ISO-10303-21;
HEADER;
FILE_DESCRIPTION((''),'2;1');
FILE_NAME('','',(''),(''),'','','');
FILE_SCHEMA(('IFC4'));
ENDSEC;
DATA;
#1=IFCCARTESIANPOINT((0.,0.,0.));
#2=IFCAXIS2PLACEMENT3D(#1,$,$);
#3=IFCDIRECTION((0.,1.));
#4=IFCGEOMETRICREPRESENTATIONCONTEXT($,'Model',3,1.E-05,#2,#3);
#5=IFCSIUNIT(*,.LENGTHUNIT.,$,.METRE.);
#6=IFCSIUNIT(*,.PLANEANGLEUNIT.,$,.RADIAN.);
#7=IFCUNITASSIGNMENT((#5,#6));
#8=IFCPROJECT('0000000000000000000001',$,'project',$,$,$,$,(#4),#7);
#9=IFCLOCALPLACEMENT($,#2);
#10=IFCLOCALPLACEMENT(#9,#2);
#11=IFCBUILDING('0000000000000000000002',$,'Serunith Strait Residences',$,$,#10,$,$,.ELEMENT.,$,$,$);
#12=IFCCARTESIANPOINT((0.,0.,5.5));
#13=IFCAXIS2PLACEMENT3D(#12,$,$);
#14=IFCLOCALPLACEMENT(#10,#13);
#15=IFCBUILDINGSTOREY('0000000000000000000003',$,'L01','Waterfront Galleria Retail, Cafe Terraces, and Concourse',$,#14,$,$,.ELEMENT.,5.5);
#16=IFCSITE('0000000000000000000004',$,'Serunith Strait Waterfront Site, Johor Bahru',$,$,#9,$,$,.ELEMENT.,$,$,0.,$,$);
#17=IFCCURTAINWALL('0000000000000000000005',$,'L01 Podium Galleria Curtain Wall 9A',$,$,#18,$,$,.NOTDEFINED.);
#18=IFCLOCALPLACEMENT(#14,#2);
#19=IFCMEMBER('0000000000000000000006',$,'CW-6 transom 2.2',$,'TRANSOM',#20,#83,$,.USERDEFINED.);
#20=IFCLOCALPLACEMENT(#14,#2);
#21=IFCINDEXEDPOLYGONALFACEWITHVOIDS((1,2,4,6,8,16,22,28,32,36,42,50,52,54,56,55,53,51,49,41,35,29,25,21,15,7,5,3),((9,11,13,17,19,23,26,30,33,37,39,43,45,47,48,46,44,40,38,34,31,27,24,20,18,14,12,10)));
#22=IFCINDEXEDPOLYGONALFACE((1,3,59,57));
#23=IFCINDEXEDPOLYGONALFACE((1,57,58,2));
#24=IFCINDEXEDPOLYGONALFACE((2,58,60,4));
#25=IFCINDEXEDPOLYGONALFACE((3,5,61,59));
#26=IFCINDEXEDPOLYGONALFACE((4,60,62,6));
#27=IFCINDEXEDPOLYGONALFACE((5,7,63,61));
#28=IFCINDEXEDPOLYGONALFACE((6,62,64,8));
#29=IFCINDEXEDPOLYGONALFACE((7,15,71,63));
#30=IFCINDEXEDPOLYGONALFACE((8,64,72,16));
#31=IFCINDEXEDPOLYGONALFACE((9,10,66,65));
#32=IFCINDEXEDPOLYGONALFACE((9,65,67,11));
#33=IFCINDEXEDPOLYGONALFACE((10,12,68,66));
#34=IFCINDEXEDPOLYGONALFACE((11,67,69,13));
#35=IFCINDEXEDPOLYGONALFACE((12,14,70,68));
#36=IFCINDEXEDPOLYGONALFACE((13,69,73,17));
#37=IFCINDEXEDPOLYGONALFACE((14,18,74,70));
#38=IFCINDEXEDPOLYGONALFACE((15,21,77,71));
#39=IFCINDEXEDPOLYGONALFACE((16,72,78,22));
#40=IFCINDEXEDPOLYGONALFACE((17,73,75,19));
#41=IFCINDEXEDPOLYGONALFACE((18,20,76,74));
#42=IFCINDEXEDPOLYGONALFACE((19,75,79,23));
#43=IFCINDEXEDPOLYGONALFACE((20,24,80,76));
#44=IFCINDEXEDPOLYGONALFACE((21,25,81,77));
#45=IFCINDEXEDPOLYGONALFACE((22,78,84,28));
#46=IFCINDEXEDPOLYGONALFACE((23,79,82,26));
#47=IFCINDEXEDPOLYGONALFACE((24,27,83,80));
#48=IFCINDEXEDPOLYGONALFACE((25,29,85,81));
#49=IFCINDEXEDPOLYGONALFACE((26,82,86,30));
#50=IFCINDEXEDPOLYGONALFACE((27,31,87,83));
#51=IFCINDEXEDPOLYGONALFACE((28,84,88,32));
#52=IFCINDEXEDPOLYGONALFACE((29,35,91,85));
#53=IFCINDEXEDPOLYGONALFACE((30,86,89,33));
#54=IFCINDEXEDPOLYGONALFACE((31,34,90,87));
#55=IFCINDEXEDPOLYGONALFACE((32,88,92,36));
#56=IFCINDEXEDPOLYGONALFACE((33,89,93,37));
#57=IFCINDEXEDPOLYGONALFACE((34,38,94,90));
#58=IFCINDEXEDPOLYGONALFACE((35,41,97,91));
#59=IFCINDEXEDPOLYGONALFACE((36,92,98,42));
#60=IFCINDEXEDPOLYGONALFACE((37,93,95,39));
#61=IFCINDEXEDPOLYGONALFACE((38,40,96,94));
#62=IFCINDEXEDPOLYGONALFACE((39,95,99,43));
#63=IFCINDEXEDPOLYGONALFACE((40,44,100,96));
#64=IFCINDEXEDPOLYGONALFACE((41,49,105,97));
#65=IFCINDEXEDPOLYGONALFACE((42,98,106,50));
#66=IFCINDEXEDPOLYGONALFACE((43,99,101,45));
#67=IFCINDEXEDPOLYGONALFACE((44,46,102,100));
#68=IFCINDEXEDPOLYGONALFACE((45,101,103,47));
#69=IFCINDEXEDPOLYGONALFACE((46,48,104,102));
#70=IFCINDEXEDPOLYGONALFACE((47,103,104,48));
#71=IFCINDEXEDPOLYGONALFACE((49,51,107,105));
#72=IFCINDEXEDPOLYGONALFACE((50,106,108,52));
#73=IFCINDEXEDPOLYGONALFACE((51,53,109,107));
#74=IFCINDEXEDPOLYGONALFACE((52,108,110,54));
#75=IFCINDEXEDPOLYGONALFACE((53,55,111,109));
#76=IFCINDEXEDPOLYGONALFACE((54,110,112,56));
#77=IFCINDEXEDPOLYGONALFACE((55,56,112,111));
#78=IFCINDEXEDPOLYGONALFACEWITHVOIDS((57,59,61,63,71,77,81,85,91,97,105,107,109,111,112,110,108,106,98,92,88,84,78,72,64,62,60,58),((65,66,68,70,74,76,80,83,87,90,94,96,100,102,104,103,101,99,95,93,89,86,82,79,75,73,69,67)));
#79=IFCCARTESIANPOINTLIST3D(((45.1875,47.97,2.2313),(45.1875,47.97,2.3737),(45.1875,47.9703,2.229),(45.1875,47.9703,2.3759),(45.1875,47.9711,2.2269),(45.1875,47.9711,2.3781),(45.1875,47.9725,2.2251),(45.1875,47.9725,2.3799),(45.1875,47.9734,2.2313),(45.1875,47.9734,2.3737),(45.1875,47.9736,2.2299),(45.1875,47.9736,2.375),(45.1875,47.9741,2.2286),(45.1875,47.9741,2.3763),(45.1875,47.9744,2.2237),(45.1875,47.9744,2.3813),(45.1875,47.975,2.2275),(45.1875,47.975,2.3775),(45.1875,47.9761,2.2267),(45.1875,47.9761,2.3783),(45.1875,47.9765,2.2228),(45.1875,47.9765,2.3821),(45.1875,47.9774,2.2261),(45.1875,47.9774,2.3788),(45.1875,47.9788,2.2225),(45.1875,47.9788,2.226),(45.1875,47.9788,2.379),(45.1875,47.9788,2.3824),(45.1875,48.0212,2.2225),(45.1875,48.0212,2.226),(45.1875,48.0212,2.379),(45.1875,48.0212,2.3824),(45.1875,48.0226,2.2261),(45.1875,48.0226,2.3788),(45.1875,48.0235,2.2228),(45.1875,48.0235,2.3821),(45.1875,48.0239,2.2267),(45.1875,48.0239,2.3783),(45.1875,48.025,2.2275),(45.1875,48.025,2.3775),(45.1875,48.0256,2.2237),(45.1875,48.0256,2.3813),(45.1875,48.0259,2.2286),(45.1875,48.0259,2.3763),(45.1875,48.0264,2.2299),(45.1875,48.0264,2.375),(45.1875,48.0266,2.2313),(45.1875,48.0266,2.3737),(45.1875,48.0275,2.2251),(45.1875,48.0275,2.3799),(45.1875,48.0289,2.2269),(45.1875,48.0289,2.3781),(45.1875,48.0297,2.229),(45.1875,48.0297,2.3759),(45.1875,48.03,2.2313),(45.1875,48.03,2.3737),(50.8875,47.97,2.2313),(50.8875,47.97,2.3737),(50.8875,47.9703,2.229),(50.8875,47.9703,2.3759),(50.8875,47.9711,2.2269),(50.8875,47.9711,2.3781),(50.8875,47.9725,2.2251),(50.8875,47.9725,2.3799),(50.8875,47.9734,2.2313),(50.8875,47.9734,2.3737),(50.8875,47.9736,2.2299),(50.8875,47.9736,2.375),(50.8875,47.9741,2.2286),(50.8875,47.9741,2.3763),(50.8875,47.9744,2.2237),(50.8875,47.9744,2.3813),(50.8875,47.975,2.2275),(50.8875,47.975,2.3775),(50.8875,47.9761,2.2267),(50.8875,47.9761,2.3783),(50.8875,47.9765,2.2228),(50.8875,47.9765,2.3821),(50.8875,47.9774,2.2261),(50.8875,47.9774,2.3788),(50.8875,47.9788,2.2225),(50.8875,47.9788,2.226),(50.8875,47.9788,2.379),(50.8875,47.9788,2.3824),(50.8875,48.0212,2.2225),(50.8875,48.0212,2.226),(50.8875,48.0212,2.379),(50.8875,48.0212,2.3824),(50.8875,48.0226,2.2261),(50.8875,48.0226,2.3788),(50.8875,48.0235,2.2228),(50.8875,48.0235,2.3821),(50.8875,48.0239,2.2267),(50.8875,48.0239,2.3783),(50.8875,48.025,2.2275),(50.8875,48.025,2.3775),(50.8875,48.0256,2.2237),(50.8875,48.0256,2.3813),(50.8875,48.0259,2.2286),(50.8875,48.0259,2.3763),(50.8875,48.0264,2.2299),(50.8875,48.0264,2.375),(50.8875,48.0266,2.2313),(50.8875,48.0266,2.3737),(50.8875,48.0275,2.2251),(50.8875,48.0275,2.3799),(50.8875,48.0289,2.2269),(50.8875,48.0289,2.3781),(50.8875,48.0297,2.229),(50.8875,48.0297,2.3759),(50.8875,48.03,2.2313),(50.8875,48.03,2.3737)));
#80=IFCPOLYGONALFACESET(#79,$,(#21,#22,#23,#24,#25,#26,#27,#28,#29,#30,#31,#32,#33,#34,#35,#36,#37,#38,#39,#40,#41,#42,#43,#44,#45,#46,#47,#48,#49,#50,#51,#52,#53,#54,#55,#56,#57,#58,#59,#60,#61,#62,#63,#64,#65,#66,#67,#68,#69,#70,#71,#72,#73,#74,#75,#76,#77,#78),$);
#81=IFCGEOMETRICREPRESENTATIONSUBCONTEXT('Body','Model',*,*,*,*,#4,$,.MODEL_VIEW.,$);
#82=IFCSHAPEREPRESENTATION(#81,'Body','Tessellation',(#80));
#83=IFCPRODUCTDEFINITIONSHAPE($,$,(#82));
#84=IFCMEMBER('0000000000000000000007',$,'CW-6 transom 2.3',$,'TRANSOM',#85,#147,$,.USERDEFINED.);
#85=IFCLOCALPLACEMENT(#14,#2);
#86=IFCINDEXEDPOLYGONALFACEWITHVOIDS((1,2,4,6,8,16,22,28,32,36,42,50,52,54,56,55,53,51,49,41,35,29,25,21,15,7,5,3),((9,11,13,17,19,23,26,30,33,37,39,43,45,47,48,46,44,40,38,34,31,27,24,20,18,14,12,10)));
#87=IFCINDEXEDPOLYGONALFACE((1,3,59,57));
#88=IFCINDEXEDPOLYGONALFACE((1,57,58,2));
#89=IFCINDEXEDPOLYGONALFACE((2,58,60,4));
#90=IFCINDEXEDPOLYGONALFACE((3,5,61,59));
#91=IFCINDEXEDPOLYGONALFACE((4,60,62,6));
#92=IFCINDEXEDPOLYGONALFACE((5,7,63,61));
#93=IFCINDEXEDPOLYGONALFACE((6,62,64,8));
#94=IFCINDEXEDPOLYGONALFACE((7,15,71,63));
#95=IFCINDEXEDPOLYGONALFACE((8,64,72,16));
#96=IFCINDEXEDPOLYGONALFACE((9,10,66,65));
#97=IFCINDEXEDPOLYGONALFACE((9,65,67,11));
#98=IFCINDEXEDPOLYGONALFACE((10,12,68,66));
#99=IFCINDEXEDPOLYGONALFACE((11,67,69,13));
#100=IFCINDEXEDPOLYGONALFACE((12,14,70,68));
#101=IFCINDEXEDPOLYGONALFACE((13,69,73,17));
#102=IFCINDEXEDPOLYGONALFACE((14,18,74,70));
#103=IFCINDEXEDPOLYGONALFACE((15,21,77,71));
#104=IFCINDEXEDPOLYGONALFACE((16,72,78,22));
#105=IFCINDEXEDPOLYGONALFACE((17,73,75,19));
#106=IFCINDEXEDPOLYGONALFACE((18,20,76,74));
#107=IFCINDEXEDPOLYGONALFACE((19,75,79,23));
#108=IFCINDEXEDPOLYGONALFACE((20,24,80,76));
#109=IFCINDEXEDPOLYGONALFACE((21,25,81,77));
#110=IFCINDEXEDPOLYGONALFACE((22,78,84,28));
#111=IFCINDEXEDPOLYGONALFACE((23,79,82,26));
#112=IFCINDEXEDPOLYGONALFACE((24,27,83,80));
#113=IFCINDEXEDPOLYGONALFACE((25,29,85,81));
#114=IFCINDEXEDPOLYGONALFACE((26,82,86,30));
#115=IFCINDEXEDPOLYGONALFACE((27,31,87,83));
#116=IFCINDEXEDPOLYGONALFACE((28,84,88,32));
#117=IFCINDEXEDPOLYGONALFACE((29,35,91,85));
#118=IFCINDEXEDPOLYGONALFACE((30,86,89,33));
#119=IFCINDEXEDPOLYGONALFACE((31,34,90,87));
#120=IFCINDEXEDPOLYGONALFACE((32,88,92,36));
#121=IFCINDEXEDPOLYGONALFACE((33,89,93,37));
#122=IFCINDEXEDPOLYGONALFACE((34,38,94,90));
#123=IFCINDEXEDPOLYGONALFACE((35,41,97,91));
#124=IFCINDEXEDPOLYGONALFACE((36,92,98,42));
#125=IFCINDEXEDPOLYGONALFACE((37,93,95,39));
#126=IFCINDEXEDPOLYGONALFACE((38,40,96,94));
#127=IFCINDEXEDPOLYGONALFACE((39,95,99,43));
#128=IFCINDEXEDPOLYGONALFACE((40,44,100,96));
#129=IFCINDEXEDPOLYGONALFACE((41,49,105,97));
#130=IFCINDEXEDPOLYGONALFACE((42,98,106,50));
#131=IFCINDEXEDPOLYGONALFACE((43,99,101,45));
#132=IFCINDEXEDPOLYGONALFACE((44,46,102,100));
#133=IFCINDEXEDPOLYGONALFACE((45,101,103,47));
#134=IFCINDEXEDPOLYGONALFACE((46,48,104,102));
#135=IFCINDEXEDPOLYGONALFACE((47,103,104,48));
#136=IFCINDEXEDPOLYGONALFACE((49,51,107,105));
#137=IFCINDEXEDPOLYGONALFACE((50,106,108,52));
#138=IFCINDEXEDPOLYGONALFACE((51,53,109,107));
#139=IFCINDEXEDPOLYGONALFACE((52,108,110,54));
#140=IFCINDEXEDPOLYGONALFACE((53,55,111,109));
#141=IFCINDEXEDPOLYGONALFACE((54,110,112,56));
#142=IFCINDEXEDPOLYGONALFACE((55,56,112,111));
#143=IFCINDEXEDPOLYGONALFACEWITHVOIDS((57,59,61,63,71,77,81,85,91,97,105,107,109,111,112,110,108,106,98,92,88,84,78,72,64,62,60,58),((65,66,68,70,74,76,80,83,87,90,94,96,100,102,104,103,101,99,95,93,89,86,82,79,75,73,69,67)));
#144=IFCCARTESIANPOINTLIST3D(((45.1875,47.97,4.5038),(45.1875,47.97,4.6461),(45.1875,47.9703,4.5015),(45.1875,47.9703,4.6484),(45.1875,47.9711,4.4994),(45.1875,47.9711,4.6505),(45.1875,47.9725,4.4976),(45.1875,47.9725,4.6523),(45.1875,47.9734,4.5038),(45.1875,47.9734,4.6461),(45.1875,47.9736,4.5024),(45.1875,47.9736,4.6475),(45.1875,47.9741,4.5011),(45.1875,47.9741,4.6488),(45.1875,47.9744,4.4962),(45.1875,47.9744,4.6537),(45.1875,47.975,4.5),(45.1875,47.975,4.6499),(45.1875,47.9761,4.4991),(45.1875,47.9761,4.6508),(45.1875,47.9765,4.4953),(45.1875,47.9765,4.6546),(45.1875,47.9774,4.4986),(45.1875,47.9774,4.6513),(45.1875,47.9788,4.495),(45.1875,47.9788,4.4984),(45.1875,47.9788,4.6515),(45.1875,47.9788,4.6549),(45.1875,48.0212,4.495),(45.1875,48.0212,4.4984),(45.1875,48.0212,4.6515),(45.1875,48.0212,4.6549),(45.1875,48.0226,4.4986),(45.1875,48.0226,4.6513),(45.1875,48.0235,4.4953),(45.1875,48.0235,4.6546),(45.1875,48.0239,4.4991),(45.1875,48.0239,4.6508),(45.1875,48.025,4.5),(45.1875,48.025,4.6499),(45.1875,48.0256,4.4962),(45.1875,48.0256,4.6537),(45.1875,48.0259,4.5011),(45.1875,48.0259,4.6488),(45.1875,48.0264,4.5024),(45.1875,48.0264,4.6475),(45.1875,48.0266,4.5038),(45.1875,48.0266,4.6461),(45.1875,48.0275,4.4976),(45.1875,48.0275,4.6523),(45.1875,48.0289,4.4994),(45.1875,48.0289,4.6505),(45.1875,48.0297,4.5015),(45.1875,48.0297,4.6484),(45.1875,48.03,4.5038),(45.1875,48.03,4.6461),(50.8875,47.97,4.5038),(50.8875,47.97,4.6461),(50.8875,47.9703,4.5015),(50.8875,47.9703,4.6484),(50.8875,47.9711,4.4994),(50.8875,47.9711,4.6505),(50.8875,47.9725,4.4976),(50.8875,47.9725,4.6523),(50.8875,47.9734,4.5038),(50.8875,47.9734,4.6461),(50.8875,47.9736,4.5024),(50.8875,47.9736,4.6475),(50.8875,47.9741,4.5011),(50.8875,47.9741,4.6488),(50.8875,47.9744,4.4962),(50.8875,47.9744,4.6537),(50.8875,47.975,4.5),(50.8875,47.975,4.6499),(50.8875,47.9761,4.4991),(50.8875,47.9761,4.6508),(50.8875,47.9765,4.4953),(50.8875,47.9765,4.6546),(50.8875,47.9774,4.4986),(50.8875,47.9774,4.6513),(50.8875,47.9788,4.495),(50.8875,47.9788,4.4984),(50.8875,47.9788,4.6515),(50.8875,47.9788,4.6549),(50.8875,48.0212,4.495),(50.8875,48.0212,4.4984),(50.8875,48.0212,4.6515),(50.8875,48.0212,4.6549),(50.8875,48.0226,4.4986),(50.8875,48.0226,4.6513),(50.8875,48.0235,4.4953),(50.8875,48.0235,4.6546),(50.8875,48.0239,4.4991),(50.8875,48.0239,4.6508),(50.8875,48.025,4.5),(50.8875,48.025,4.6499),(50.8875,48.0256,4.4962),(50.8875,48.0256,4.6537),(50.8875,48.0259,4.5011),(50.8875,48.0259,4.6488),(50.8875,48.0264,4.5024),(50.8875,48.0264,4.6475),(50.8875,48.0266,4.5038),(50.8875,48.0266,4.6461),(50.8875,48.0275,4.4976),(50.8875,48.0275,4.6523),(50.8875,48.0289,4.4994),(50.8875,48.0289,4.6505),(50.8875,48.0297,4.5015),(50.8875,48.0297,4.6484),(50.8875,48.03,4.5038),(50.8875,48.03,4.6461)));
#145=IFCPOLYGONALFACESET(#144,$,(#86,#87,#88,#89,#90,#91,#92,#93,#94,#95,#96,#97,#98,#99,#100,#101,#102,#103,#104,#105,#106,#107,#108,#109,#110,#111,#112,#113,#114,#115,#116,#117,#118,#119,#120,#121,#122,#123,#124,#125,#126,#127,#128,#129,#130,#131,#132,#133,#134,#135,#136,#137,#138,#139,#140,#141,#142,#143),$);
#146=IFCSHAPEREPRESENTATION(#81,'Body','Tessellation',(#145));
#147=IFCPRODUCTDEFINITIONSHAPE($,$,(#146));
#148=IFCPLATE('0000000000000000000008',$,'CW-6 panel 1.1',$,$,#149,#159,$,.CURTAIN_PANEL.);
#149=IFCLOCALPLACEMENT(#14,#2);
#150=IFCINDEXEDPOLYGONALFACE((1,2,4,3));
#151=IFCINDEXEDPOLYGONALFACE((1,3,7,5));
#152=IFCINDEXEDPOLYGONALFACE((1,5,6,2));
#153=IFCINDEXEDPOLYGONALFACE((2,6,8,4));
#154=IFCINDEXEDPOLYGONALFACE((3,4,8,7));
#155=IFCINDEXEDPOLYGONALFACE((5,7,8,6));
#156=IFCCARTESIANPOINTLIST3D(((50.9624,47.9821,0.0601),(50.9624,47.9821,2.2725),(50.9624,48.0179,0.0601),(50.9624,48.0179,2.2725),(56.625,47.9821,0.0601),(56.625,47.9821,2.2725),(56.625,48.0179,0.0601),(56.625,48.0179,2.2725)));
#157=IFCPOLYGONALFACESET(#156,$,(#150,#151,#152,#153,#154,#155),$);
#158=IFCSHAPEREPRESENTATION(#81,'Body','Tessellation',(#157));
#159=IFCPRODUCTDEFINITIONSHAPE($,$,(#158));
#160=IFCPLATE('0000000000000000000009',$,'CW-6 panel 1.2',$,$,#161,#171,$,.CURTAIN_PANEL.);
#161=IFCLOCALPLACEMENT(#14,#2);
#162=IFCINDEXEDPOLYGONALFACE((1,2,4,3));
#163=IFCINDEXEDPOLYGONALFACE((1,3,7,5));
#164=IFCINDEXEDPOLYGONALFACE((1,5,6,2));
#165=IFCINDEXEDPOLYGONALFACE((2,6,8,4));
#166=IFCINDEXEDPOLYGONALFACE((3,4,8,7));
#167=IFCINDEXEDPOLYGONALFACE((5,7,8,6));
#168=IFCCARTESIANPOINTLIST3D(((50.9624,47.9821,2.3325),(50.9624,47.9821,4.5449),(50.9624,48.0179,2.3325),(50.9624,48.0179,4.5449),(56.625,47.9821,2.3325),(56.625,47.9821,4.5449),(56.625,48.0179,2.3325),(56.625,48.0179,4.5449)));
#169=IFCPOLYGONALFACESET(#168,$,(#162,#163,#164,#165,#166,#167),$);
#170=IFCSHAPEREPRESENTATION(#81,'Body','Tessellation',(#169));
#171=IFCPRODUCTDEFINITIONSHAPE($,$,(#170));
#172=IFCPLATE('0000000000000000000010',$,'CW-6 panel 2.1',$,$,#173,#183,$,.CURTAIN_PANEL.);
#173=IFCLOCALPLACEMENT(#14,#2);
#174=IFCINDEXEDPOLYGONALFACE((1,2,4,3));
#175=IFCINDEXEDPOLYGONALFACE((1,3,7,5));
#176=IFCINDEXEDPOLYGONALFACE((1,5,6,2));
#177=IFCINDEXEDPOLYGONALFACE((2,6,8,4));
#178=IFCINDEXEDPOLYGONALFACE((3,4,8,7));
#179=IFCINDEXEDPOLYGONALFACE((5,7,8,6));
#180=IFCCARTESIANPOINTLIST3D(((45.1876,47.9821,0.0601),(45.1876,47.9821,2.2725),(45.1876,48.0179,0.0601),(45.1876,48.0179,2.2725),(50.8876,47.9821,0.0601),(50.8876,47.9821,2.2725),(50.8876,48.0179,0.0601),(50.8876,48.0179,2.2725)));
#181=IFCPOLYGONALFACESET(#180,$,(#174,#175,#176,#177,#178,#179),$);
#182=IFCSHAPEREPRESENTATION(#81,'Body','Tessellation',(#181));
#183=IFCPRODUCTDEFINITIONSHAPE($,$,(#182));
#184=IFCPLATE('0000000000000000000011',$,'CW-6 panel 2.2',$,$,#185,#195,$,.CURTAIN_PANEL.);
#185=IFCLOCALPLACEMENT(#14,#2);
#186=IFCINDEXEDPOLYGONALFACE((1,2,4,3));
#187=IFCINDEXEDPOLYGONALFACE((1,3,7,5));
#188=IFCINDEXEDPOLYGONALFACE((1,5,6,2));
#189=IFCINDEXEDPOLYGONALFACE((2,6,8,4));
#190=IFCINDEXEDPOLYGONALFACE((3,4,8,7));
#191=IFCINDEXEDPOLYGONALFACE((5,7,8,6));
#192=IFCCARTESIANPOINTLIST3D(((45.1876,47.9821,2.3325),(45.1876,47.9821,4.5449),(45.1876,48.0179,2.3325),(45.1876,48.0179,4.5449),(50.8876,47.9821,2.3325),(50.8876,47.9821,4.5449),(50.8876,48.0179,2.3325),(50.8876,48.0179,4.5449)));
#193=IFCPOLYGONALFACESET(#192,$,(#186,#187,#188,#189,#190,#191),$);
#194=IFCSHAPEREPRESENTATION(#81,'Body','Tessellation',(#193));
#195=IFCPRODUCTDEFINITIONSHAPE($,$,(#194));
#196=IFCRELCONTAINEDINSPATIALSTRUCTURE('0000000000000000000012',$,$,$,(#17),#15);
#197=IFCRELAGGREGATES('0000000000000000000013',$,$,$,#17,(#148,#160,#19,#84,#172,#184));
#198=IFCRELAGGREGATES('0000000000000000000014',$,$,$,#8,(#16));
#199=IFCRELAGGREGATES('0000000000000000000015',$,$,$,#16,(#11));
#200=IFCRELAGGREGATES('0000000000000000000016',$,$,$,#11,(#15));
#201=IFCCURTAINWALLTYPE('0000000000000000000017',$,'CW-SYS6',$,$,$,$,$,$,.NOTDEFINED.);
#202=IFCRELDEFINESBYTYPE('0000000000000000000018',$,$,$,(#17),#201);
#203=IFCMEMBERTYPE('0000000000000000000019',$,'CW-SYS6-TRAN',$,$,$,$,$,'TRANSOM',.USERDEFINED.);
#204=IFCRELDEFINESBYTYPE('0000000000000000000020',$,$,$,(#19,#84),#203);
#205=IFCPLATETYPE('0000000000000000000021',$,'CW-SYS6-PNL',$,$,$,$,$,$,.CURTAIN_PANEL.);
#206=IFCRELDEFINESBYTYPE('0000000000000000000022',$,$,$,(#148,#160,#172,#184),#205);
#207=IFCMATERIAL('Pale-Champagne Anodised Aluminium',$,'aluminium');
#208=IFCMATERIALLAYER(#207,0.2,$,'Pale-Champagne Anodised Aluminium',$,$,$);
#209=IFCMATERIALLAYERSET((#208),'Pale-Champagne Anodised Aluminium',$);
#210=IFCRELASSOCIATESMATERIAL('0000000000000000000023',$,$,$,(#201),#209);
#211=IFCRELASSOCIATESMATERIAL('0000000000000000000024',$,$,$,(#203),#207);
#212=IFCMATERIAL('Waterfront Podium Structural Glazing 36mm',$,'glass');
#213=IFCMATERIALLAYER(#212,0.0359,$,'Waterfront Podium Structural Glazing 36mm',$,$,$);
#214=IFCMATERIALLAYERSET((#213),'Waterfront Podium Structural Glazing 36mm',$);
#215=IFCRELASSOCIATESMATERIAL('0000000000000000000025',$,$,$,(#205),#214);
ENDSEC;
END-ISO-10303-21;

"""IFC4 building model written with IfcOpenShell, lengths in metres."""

from ifc_helpers import new_model, si_unit, direction, frame, origin, origin_2d, place, context, subcontext, project, spatial, rectangle, hollow_rectangle, extrude, source, transform, mapped, material, layer, layer_set, material_profile, profile_set, type_object, element, aggregate, save


model = new_model("IFC4")

# Units and contexts
model_context = context("Model", 3, precision=1e-05, world=origin(), true_north=direction((0.0, 1.0)))
body_context = subcontext(model_context, "Body", "Model", "MODEL_VIEW")
ifc_project = project(units=[si_unit("LENGTHUNIT", "METRE"), si_unit("PLANEANGLEUNIT", "RADIAN")], contexts=[model_context])

# Site, building, storey
site_placement = place(None, origin())
site = spatial("IfcSite", under=ifc_project, at=site_placement, Name="Serunith Strait Waterfront Site, Johor Bahru", CompositionType="ELEMENT", RefElevation=0.0)
building_placement = place(site_placement, origin())
building = spatial("IfcBuilding", under=site, at=building_placement, Name="Serunith Strait Residences", CompositionType="ELEMENT")
storey_placement = place(building_placement, frame((0.0, 0.0, 5.5)))
storey = spatial("IfcBuildingStorey", under=building, at=storey_placement, Name="L01", Description="Waterfront Galleria Retail, Cafe Terraces, and Concourse", CompositionType="ELEMENT", Elevation=5.5)

# Curtain wall, members, plates
ifc_material_1 = material(Name="Pale-Champagne Anodised Aluminium", Category="aluminium")
ifc_layer_1 = layer(ifc_material_1, 0.2, Name="Pale-Champagne Anodised Aluminium")
ifc_layer_set_1 = layer_set([ifc_layer_1], Name="Pale-Champagne Anodised Aluminium")
curtain_wall_type = type_object("IfcCurtainWallType", Name="CW-SYS6", PredefinedType="NOTDEFINED", material=ifc_layer_set_1)
curtain_wall_placement = place(storey_placement, origin())
curtain_wall = element("IfcCurtainWall", 1, at=curtain_wall_placement, inside=storey, type_object=curtain_wall_type, Name="L01 Podium Galleria Curtain Wall 9A", PredefinedType="NOTDEFINED")
ifc_material_profile_1 = material_profile(ifc_material_1, hollow_rectangle(XDim=0.0601, YDim=0.1599, WallThickness=0.0034, InnerFilletRadius=0.0054, OuterFilletRadius=0.0088, at=origin_2d()), Name="ALU 160x60x3.5")
ifc_profile_set_1 = profile_set([ifc_material_profile_1], Name="Pale-Champagne Anodised Aluminium")
member_type_1 = type_object("IfcMemberType", Name="CW-SYS6-TRAN", ElementType="TRANSOM", PredefinedType="USERDEFINED", material=ifc_profile_set_1)
shared_shape_1 = source(origin(), body_context, "Body", "SweptSolid", [
    extrude(hollow_rectangle(XDim=0.0601, YDim=0.1599, WallThickness=0.0034, InnerFilletRadius=0.0054, OuterFilletRadius=0.0088, at=origin_2d()), origin(), (0.0, 0.0, 1.0), 5.7),
])
member_1_placement = place(storey_placement, frame((50.8875, 48.0, 2.3025), z_axis=(-1.0, 0.0, 0.0), x_axis=(0.0, -1.0, 0.0)))
member_1 = element("IfcMember", 2, at=member_1_placement, type_object=member_type_1, Name="CW-6 transom 2.2", ObjectType="TRANSOM", PredefinedType="USERDEFINED", context=body_context, shape_type="MappedRepresentation", body=[
    mapped(shared_shape_1, transform((0.0, 0.0, 0.0), scale=1.0)),
])
member_2_placement = place(storey_placement, frame((50.8875, 48.0, 4.575), z_axis=(-1.0, 0.0, 0.0), x_axis=(0.0, -1.0, 0.0)))
member_2 = element("IfcMember", 3, at=member_2_placement, type_object=member_type_1, Name="CW-6 transom 2.3", ObjectType="TRANSOM", PredefinedType="USERDEFINED", context=body_context, shape_type="MappedRepresentation", body=[
    mapped(shared_shape_1, transform((0.0, 0.0, 0.0), scale=1.0)),
])
ifc_material_2 = material(Name="Waterfront Podium Structural Glazing 36mm", Category="glass")
ifc_layer_2 = layer(ifc_material_2, 0.0359, Name="Waterfront Podium Structural Glazing 36mm")
ifc_layer_set_2 = layer_set([ifc_layer_2], Name="Waterfront Podium Structural Glazing 36mm")
plate_type = type_object("IfcPlateType", Name="CW-SYS6-PNL", PredefinedType="CURTAIN_PANEL", material=ifc_layer_set_2)
shared_shape_2 = source(origin(), body_context, "Body", "SweptSolid", [
    extrude(rectangle(XDim=5.6626, YDim=0.0359, at=origin_2d()), origin(), (0.0, 0.0, 1.0), 2.2124),
])
plate_1_placement = place(storey_placement, frame((53.7937, 48.0, 0.0601), z_axis=(0.0, 0.0, 1.0), x_axis=(-1.0, 0.0, 0.0)))
plate_1 = element("IfcPlate", 4, at=plate_1_placement, type_object=plate_type, Name="CW-6 panel 1.1", PredefinedType="CURTAIN_PANEL", context=body_context, shape_type="MappedRepresentation", body=[
    mapped(shared_shape_2, transform((0.0, 0.0, 0.0), scale=1.0)),
])
plate_2_placement = place(storey_placement, frame((53.7937, 48.0, 2.3325), z_axis=(0.0, 0.0, 1.0), x_axis=(-1.0, 0.0, 0.0)))
plate_2 = element("IfcPlate", 5, at=plate_2_placement, type_object=plate_type, Name="CW-6 panel 1.2", PredefinedType="CURTAIN_PANEL", context=body_context, shape_type="MappedRepresentation", body=[
    mapped(shared_shape_2, transform((0.0, 0.0, 0.0), scale=1.0)),
])
shared_shape_3 = source(origin(), body_context, "Body", "SweptSolid", [
    extrude(rectangle(XDim=5.7, YDim=0.0359, at=origin_2d()), origin(), (0.0, 0.0, 1.0), 2.2124),
])
plate_3_placement = place(storey_placement, frame((48.0376, 48.0, 0.0601), z_axis=(0.0, 0.0, 1.0), x_axis=(-1.0, 0.0, 0.0)))
plate_3 = element("IfcPlate", 6, at=plate_3_placement, type_object=plate_type, Name="CW-6 panel 2.1", PredefinedType="CURTAIN_PANEL", context=body_context, shape_type="MappedRepresentation", body=[
    mapped(shared_shape_3, transform((0.0, 0.0, 0.0), scale=1.0)),
])
plate_4_placement = place(storey_placement, frame((48.0376, 48.0, 2.3325), z_axis=(0.0, 0.0, 1.0), x_axis=(-1.0, 0.0, 0.0)))
plate_4 = element("IfcPlate", 7, at=plate_4_placement, type_object=plate_type, Name="CW-6 panel 2.2", PredefinedType="CURTAIN_PANEL", context=body_context, shape_type="MappedRepresentation", body=[
    mapped(shared_shape_3, transform((0.0, 0.0, 0.0), scale=1.0)),
])
aggregate(curtain_wall, [plate_1, plate_2, member_1, member_2, plate_3, plate_4])

save(model, "model.ifc")
